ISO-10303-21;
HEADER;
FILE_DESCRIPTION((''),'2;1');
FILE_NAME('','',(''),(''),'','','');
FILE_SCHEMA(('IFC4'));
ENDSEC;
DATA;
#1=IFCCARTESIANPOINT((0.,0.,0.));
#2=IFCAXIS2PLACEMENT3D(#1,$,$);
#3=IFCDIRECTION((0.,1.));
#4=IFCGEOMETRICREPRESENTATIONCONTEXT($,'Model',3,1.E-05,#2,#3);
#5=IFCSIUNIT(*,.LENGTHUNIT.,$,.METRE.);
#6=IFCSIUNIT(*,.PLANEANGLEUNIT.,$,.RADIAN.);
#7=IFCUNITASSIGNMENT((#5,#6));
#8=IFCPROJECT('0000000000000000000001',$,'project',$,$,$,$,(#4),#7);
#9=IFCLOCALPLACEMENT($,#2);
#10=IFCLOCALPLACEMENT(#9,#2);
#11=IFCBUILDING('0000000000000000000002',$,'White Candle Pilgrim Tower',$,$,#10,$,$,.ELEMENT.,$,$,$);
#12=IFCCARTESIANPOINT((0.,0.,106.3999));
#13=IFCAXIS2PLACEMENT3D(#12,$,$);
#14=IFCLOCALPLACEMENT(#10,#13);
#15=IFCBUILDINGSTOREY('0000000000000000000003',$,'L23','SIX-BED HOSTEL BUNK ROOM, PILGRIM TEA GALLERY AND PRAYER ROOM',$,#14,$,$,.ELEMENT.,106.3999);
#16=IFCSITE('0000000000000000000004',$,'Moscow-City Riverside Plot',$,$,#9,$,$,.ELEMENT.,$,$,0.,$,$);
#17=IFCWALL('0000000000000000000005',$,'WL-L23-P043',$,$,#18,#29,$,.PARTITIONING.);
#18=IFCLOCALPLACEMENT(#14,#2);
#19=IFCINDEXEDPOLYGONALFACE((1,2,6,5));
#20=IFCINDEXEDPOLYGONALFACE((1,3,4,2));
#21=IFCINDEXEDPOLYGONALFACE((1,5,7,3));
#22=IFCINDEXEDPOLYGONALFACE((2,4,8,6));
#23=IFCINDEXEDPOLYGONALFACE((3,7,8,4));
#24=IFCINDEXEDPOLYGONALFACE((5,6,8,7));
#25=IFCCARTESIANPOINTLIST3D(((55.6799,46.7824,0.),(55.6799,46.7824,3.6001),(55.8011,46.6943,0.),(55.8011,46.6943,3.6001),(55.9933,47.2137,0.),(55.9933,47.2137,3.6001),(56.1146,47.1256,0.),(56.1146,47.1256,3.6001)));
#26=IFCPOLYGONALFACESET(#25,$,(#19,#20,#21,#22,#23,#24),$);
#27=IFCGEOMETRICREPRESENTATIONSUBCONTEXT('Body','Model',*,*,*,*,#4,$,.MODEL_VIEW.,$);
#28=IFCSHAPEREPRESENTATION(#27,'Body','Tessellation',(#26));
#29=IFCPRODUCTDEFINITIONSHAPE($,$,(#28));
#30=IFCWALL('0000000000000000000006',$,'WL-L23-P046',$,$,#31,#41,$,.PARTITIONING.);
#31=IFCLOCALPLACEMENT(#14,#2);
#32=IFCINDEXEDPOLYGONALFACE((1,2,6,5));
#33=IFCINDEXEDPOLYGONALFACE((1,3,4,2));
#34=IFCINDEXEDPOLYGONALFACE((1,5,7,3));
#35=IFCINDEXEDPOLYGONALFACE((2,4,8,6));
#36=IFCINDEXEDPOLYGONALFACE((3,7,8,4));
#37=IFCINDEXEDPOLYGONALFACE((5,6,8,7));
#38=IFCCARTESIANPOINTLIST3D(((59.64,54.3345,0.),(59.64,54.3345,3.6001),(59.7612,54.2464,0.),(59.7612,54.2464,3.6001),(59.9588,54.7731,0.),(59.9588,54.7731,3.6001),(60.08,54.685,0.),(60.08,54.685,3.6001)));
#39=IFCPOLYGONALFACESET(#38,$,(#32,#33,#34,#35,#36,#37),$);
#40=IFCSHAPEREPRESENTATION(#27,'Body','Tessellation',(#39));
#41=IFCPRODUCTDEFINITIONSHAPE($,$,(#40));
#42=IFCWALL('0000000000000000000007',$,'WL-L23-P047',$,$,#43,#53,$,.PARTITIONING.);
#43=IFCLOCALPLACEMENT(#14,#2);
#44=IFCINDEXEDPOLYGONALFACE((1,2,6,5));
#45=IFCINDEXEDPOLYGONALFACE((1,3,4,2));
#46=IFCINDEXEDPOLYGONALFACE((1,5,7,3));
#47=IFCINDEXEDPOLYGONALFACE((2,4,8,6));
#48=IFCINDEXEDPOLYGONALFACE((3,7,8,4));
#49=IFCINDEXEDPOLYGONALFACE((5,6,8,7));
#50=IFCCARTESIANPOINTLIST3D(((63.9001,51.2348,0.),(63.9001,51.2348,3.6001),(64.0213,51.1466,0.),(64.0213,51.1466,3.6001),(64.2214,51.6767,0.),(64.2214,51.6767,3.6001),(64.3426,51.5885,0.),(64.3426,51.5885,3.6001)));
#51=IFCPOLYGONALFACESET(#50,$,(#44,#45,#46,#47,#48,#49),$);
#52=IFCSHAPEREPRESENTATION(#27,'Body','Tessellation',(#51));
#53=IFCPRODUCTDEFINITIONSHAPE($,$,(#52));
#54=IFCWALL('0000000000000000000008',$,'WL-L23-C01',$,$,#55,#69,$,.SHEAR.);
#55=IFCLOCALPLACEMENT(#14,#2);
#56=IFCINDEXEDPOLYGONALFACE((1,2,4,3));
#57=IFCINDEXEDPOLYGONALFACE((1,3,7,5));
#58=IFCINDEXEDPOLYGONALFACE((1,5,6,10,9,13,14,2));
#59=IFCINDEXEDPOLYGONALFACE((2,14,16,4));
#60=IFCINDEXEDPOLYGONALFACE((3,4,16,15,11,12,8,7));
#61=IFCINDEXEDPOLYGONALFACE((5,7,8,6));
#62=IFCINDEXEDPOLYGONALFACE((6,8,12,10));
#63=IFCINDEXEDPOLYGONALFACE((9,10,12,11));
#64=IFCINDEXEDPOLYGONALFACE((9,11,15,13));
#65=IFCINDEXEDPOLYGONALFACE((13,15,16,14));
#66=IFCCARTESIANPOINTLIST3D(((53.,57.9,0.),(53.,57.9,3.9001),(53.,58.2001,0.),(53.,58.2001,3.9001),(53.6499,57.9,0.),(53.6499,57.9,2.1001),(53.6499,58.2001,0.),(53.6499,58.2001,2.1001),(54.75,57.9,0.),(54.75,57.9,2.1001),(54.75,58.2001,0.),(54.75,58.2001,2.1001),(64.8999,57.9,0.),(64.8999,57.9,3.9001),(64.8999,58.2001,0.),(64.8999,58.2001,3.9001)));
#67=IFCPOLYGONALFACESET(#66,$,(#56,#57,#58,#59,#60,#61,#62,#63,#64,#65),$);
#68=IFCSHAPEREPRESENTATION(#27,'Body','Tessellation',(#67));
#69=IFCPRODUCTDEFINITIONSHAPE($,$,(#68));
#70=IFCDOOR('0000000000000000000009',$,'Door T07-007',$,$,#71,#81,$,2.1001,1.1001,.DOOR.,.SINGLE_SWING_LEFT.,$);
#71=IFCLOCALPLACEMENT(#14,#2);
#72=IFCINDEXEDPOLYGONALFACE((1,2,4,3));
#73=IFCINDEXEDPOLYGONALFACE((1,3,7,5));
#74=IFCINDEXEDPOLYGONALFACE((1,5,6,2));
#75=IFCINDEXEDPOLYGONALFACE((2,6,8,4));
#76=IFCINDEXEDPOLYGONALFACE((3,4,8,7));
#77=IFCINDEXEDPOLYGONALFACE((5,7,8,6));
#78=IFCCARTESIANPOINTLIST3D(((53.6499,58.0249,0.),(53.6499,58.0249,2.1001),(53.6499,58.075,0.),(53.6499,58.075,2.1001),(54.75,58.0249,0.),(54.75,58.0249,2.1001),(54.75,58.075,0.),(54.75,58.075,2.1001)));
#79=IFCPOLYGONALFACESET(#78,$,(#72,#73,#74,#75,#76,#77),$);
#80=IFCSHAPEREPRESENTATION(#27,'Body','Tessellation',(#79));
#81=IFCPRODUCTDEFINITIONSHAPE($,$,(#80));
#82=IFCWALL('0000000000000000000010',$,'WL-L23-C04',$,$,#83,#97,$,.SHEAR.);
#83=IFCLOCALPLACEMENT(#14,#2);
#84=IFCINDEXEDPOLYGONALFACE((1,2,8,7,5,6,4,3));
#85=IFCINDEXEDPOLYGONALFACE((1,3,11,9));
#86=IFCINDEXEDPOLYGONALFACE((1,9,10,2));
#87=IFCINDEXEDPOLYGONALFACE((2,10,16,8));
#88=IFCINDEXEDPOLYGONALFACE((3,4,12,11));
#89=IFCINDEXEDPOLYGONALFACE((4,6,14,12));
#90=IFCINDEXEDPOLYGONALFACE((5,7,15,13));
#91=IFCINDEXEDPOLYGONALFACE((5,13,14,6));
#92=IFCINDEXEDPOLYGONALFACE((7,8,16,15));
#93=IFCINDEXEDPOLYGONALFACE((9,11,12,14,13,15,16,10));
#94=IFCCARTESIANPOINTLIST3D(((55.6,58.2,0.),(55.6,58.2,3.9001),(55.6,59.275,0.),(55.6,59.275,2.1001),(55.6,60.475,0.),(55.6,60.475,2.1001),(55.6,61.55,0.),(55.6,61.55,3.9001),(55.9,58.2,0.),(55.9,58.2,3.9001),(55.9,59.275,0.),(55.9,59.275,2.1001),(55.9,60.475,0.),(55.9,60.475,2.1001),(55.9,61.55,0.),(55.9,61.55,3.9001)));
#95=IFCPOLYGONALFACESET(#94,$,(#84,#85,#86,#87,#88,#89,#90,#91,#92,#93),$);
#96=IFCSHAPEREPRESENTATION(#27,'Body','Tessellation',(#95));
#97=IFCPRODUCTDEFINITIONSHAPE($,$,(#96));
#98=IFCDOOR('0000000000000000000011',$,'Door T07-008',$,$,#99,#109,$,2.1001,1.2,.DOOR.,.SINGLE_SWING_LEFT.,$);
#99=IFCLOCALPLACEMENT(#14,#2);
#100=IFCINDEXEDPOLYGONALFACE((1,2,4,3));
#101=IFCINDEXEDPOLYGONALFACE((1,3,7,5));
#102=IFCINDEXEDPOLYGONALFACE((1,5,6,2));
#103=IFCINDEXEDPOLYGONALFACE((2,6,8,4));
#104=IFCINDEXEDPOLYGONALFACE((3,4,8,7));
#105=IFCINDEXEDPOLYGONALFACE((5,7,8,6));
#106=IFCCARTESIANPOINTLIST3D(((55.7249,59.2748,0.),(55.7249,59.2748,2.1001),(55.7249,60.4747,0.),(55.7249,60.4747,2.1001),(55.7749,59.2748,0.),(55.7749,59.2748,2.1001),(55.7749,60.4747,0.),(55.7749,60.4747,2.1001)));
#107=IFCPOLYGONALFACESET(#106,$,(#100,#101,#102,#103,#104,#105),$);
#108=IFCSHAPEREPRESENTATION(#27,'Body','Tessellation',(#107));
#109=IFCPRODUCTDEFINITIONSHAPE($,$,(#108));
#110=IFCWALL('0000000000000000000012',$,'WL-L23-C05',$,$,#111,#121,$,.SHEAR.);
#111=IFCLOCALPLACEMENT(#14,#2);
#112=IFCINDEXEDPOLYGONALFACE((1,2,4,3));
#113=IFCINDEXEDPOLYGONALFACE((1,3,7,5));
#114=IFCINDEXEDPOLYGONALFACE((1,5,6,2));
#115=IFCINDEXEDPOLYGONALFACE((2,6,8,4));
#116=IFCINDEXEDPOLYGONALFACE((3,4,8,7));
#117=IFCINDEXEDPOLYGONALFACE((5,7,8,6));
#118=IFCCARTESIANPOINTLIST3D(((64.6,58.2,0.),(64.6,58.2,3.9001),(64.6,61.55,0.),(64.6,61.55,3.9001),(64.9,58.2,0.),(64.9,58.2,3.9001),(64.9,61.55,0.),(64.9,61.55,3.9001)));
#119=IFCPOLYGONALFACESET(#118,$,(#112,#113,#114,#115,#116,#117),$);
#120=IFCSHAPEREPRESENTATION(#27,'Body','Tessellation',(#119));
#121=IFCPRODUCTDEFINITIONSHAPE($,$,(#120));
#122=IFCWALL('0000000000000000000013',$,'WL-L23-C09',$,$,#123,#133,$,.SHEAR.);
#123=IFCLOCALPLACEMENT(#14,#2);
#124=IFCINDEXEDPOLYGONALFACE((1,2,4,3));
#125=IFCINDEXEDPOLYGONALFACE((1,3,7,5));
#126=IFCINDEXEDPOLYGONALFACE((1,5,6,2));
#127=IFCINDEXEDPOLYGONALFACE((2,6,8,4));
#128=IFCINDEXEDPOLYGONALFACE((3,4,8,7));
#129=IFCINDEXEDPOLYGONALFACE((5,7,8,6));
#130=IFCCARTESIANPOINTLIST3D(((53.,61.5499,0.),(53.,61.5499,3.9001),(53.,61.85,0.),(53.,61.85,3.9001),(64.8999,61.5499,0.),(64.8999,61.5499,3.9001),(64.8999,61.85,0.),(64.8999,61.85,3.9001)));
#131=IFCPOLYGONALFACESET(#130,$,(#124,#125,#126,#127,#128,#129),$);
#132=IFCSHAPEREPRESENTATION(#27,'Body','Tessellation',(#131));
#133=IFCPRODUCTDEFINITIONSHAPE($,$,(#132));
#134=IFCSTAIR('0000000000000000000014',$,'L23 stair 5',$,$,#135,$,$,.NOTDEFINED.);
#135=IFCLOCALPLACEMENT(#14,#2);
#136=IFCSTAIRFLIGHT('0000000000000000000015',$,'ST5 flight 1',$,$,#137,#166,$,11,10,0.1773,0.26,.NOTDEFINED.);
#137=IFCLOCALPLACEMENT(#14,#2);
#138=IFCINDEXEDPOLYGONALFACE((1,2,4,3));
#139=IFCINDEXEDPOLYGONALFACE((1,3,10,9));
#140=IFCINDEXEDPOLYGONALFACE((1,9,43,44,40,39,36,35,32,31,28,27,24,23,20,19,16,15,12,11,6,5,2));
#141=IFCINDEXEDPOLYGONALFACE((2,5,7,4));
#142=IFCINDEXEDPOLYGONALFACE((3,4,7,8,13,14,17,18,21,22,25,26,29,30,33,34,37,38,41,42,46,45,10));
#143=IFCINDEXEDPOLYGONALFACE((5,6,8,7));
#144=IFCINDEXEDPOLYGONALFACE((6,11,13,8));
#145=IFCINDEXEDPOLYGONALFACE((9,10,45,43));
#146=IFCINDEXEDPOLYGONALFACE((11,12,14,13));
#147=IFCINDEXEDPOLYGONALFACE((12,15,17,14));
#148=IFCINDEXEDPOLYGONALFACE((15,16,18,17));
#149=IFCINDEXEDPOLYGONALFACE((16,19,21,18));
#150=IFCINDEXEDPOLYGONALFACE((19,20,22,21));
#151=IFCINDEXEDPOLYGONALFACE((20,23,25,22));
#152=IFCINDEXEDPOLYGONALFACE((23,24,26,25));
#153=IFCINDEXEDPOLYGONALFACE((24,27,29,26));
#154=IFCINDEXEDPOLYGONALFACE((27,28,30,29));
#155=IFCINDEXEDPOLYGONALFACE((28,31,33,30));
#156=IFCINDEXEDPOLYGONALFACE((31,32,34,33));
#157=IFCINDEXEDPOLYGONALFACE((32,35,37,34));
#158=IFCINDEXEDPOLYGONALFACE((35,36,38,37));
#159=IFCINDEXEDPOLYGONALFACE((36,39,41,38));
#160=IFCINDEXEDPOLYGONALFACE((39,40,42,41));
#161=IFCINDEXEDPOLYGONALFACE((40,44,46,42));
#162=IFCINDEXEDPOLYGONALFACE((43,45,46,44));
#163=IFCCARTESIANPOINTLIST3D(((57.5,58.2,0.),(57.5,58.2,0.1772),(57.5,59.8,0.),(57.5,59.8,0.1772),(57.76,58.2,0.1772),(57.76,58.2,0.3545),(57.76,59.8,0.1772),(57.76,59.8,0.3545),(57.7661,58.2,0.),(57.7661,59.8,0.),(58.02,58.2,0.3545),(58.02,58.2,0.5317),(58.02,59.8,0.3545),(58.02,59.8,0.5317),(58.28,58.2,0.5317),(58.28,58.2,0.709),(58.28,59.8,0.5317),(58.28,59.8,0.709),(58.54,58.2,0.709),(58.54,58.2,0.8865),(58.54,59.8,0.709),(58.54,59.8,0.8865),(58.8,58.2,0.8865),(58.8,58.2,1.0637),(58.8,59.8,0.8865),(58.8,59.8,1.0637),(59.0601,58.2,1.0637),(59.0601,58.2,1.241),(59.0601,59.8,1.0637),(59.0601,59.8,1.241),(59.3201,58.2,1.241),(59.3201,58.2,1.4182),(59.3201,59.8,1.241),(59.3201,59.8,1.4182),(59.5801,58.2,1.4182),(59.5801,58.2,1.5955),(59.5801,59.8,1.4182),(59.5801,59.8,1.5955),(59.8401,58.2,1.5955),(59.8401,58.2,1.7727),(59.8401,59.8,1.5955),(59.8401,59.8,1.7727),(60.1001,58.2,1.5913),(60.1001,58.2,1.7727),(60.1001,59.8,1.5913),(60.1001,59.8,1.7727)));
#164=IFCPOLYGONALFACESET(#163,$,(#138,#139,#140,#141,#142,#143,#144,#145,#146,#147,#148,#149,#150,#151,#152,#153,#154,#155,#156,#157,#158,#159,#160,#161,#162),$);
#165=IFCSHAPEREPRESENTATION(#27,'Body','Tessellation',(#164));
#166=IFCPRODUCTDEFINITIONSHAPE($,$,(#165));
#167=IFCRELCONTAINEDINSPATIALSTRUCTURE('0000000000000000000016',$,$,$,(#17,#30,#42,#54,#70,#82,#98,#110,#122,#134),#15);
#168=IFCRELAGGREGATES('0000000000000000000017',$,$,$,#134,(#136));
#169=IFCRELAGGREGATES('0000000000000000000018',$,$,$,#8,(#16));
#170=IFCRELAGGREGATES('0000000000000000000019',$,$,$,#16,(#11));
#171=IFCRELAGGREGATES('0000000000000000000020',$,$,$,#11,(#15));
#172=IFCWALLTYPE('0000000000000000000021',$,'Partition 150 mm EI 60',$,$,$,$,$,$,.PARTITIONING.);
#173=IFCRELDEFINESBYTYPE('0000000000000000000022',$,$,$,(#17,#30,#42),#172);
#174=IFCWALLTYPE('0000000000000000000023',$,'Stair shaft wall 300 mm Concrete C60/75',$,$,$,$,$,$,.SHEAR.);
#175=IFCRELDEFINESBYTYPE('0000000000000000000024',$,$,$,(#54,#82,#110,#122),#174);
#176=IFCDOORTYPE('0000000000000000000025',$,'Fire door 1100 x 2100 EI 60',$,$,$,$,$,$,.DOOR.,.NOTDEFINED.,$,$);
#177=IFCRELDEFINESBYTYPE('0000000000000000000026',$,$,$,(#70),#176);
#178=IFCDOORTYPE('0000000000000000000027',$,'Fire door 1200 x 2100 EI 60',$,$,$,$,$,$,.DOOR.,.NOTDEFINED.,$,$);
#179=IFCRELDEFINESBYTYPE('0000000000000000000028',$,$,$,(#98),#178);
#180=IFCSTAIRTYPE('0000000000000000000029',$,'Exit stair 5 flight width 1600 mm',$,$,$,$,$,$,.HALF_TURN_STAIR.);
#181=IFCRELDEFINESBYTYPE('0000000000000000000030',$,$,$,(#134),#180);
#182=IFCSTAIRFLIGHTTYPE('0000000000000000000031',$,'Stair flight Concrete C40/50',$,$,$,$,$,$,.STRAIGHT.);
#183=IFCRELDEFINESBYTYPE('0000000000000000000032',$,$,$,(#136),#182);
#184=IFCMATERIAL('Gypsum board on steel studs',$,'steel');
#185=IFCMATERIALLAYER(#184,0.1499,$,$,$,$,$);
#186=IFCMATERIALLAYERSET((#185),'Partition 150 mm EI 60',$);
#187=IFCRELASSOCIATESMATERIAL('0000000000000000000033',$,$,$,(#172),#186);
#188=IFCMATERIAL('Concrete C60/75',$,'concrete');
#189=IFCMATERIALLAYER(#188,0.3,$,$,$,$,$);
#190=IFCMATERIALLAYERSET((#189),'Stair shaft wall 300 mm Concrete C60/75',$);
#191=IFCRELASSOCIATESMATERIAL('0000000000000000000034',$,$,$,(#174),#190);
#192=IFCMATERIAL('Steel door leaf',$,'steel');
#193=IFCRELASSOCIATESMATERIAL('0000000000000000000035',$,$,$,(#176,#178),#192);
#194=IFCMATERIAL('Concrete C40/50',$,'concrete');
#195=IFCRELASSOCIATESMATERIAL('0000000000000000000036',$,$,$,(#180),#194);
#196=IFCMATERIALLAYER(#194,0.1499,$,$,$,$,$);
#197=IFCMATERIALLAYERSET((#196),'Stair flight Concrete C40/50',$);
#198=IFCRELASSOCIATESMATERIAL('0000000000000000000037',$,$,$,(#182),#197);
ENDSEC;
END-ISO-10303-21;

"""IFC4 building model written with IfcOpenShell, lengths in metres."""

from ifc_helpers import new_model, si_unit, direction, frame, frame_2d, origin, place, context, subcontext, project, spatial, polyline, rectangle, outline, extrude, material, layer, layer_set, type_object, element, fill, aggregate, save


model = new_model("IFC4")

# Units and contexts
model_context = context("Model", 3, precision=1e-05, world=origin(), true_north=direction((0.0, 1.0)))
body_context = subcontext(model_context, "Body", "Model", "MODEL_VIEW")
ifc_project = project(units=[si_unit("LENGTHUNIT", "METRE"), si_unit("PLANEANGLEUNIT", "RADIAN")], contexts=[model_context])

# Site, building, storey
site_placement = place(None, origin())
site = spatial("IfcSite", under=ifc_project, at=site_placement, Name="Moscow-City Riverside Plot", CompositionType="ELEMENT", RefElevation=0.0)
building_placement = place(site_placement, origin())
building = spatial("IfcBuilding", under=site, at=building_placement, Name="White Candle Pilgrim Tower", CompositionType="ELEMENT")
storey_placement = place(building_placement, frame((0.0, 0.0, 106.3999)))
storey = spatial("IfcBuildingStorey", under=building, at=storey_placement, Name="L23", Description="SIX-BED HOSTEL BUNK ROOM, PILGRIM TEA GALLERY AND PRAYER ROOM", CompositionType="ELEMENT", Elevation=106.3999)

# Shared definitions
ifc_material_1 = material(Name="Concrete C60/75", Category="concrete")

# Shared definitions
ifc_material_2 = material(Name="Gypsum board on steel studs", Category="steel")
ifc_material_3 = material(Name="Steel door leaf", Category="steel")

# Walls
ifc_layer_1 = layer(ifc_material_2, 0.1499)
ifc_layer_set_1 = layer_set([ifc_layer_1], Name="Partition 150 mm EI 60")
wall_type_1 = type_object("IfcWallType", Name="Partition 150 mm EI 60", PredefinedType="PARTITIONING", material=ifc_layer_set_1)
wall_1_placement = place(storey_placement, frame((56.054, 47.1697, 0.0), z_axis=(0.0, 0.0, 1.0), x_axis=(-0.587845, -0.808974, 0.0)))
element("IfcWall", 1, at=wall_1_placement, inside=storey, type_object=wall_type_1, Name="WL-L23-P043", PredefinedType="PARTITIONING", context=body_context, shape_type="SweptSolid", body=[
    extrude(rectangle(XDim=0.5332, YDim=0.1499, at=frame_2d((0.2666, 0.0))), origin(), (0.0, 0.0, 1.0), 3.6001),
])
wall_2_placement = place(storey_placement, frame((59.7007, 54.2905, 0.0), z_axis=(0.0, 0.0, 1.0), x_axis=(0.587904, 0.808931, 0.0)))
element("IfcWall", 2, at=wall_2_placement, inside=storey, type_object=wall_type_1, Name="WL-L23-P046", PredefinedType="PARTITIONING", context=body_context, shape_type="SweptSolid", body=[
    extrude(rectangle(XDim=0.5422, YDim=0.1499, at=frame_2d((0.271, 0.0))), origin(), (0.0, 0.0, 1.0), 3.6001),
])
wall_3_placement = place(storey_placement, frame((63.9607, 51.1907, 0.0), z_axis=(0.0, 0.0, 1.0), x_axis=(0.588065, 0.808813, 0.0)))
element("IfcWall", 3, at=wall_3_placement, inside=storey, type_object=wall_type_1, Name="WL-L23-P047", PredefinedType="PARTITIONING", context=body_context, shape_type="SweptSolid", body=[
    extrude(rectangle(XDim=0.5464, YDim=0.1499, at=frame_2d((0.2732, 0.0))), origin(), (0.0, 0.0, 1.0), 3.6001),
])

# Walls, openings, doors
ifc_layer_2 = layer(ifc_material_1, 0.3)
ifc_layer_set_2 = layer_set([ifc_layer_2], Name="Stair shaft wall 300 mm Concrete C60/75")
wall_type_2 = type_object("IfcWallType", Name="Stair shaft wall 300 mm Concrete C60/75", PredefinedType="SHEAR", material=ifc_layer_set_2)
wall_4_placement = place(storey_placement, frame((53.0, 58.05, 0.0), z_axis=(0.0, 0.0, 1.0), x_axis=(1.0, 0.0, 0.0)))
wall_4 = element("IfcWall", 4, at=wall_4_placement, inside=storey, type_object=wall_type_2, Name="WL-L23-C01", PredefinedType="SHEAR", context=body_context, shape_type="SweptSolid", body=[
    extrude(rectangle(XDim=11.8999, YDim=0.3, at=frame_2d((5.95, 0.0))), origin(), (0.0, 0.0, 1.0), 3.9001),
])
opening_1_placement = place(wall_4_placement, frame((0.6499, 0.0, 0.0)))
opening_1 = element("IfcOpeningElement", 5, at=opening_1_placement, cuts=wall_4, PredefinedType="OPENING", context=body_context, shape_type="SweptSolid", body=[
    extrude(rectangle(XDim=1.1001, YDim=2.1001, at=frame_2d((0.55, 1.05))), frame((0.0, 0.1599, 0.0), z_axis=(0.0, -1.0, 0.0), x_axis=(1.0, 0.0, 0.0)), (0.0, 0.0, 1.0), 0.3201),
])
door_type_1 = type_object("IfcDoorType", Name="Fire door 1100 x 2100 EI 60", OperationType="NOTDEFINED", PredefinedType="DOOR", material=ifc_material_3)
door_1_placement = place(opening_1_placement, origin())
door_1 = element("IfcDoor", 6, at=door_1_placement, inside=storey, type_object=door_type_1, Name="Door T07-007", OperationType="SINGLE_SWING_LEFT", OverallHeight=2.1001, OverallWidth=1.1001, PredefinedType="DOOR", context=body_context, shape_type="SweptSolid", body=[
    extrude(rectangle(XDim=1.1001, YDim=2.1001, at=frame_2d((0.55, 1.05))), frame((0.0, 0.0249, 0.0), z_axis=(0.0, -1.0, 0.0), x_axis=(1.0, 0.0, 0.0)), (0.0, 0.0, 1.0), 0.05),
])
fill(opening_1, door_1)
wall_5_placement = place(storey_placement, frame((55.75, 58.2, 0.0), z_axis=(0.0, 0.0, 1.0), x_axis=(0.0, 1.0, 0.0)))
wall_5 = element("IfcWall", 7, at=wall_5_placement, inside=storey, type_object=wall_type_2, Name="WL-L23-C04", PredefinedType="SHEAR", context=body_context, shape_type="SweptSolid", body=[
    extrude(rectangle(XDim=3.3501, YDim=0.3, at=frame_2d((1.675, 0.0))), origin(), (0.0, 0.0, 1.0), 3.9001),
])
opening_2_placement = place(wall_5_placement, frame((1.075, 0.0, 0.0)))
opening_2 = element("IfcOpeningElement", 8, at=opening_2_placement, cuts=wall_5, PredefinedType="OPENING", context=body_context, shape_type="SweptSolid", body=[
    extrude(rectangle(XDim=1.2, YDim=2.1001, at=frame_2d((0.6001, 1.05))), frame((0.0, 0.1599, 0.0), z_axis=(0.0, -1.0, 0.0), x_axis=(1.0, 0.0, 0.0)), (0.0, 0.0, 1.0), 0.3201),
])
door_type_2 = type_object("IfcDoorType", Name="Fire door 1200 x 2100 EI 60", OperationType="NOTDEFINED", PredefinedType="DOOR", material=ifc_material_3)
door_2_placement = place(opening_2_placement, frame((1.2, 0.0, 0.0), z_axis=(0.0, 0.0, 1.0), x_axis=(-1.0, 0.0, 0.0)))
door_2 = element("IfcDoor", 9, at=door_2_placement, inside=storey, type_object=door_type_2, Name="Door T07-008", OperationType="SINGLE_SWING_LEFT", OverallHeight=2.1001, OverallWidth=1.2, PredefinedType="DOOR", context=body_context, shape_type="SweptSolid", body=[
    extrude(rectangle(XDim=1.2, YDim=2.1001, at=frame_2d((0.6001, 1.05))), frame((0.0, 0.0249, 0.0), z_axis=(0.0, -1.0, 0.0), x_axis=(1.0, 0.0, 0.0)), (0.0, 0.0, 1.0), 0.05),
])
fill(opening_2, door_2)

# Walls
wall_6_placement = place(storey_placement, frame((64.75, 58.2, 0.0), z_axis=(0.0, 0.0, 1.0), x_axis=(0.0, 1.0, 0.0)))
element("IfcWall", 10, at=wall_6_placement, inside=storey, type_object=wall_type_2, Name="WL-L23-C05", PredefinedType="SHEAR", context=body_context, shape_type="SweptSolid", body=[
    extrude(rectangle(XDim=3.3501, YDim=0.3, at=frame_2d((1.675, 0.0))), origin(), (0.0, 0.0, 1.0), 3.9001),
])
wall_7_placement = place(storey_placement, frame((53.0, 61.7, 0.0), z_axis=(0.0, 0.0, 1.0), x_axis=(1.0, 0.0, 0.0)))
element("IfcWall", 11, at=wall_7_placement, inside=storey, type_object=wall_type_2, Name="WL-L23-C09", PredefinedType="SHEAR", context=body_context, shape_type="SweptSolid", body=[
    extrude(rectangle(XDim=11.8999, YDim=0.3, at=frame_2d((5.95, 0.0))), origin(), (0.0, 0.0, 1.0), 3.9001),
])

# Stair, stair flight
ifc_material_4 = material(Name="Concrete C40/50", Category="concrete")
stair_type = type_object("IfcStairType", Name="Exit stair 5 flight width 1600 mm", PredefinedType="HALF_TURN_STAIR", material=ifc_material_4)
stair_placement = place(storey_placement, origin())
stair = element("IfcStair", 12, at=stair_placement, inside=storey, type_object=stair_type, Name="L23 stair 5", PredefinedType="NOTDEFINED")
ifc_layer_3 = layer(ifc_material_4, 0.1499)
ifc_layer_set_3 = layer_set([ifc_layer_3], Name="Stair flight Concrete C40/50")
stair_flight_type = type_object("IfcStairFlightType", Name="Stair flight Concrete C40/50", PredefinedType="STRAIGHT", material=ifc_layer_set_3)
stair_flight_1_placement = place(storey_placement, frame((57.5, 59.0, 0.0), z_axis=(0.0, 0.0, 1.0), x_axis=(1.0, 0.0, 0.0)))
stair_flight_1 = element("IfcStairFlight", 13, at=stair_flight_1_placement, type_object=stair_flight_type, Name="ST5 flight 1", NumberOfRisers=11, NumberOfTreads=10, PredefinedType="NOTDEFINED", RiserHeight=0.1773, TreadLength=0.26, context=body_context, shape_type="SweptSolid", body=[
    extrude(outline(polyline([(0.0, 0.0), (0.0, 0.1772), (0.26, 0.1772), (0.26, 0.3545), (0.52, 0.3545), (0.52, 0.5317), (0.78, 0.5317), (0.78, 0.709), (1.04, 0.709), (1.04, 0.8865), (1.3, 0.8865), (1.3, 1.0637), (1.5601, 1.0637), (1.5601, 1.241), (1.8201, 1.241), (1.8201, 1.4182), (2.0801, 1.4182), (2.0801, 1.5955), (2.3401, 1.5955), (2.3401, 1.7727), (2.6001, 1.7727), (2.6001, 1.95), (2.6001, 1.5913), (0.2661, 0.0), (0.0, 0.0)])), frame((0.0, 0.8, 0.0), z_axis=(0.0, -1.0, 0.0), x_axis=(1.0, 0.0, 0.0)), (0.0, 0.0, 1.0), 1.6001),
])
aggregate(stair, [stair_flight_1])

save(model, "model.ifc")
